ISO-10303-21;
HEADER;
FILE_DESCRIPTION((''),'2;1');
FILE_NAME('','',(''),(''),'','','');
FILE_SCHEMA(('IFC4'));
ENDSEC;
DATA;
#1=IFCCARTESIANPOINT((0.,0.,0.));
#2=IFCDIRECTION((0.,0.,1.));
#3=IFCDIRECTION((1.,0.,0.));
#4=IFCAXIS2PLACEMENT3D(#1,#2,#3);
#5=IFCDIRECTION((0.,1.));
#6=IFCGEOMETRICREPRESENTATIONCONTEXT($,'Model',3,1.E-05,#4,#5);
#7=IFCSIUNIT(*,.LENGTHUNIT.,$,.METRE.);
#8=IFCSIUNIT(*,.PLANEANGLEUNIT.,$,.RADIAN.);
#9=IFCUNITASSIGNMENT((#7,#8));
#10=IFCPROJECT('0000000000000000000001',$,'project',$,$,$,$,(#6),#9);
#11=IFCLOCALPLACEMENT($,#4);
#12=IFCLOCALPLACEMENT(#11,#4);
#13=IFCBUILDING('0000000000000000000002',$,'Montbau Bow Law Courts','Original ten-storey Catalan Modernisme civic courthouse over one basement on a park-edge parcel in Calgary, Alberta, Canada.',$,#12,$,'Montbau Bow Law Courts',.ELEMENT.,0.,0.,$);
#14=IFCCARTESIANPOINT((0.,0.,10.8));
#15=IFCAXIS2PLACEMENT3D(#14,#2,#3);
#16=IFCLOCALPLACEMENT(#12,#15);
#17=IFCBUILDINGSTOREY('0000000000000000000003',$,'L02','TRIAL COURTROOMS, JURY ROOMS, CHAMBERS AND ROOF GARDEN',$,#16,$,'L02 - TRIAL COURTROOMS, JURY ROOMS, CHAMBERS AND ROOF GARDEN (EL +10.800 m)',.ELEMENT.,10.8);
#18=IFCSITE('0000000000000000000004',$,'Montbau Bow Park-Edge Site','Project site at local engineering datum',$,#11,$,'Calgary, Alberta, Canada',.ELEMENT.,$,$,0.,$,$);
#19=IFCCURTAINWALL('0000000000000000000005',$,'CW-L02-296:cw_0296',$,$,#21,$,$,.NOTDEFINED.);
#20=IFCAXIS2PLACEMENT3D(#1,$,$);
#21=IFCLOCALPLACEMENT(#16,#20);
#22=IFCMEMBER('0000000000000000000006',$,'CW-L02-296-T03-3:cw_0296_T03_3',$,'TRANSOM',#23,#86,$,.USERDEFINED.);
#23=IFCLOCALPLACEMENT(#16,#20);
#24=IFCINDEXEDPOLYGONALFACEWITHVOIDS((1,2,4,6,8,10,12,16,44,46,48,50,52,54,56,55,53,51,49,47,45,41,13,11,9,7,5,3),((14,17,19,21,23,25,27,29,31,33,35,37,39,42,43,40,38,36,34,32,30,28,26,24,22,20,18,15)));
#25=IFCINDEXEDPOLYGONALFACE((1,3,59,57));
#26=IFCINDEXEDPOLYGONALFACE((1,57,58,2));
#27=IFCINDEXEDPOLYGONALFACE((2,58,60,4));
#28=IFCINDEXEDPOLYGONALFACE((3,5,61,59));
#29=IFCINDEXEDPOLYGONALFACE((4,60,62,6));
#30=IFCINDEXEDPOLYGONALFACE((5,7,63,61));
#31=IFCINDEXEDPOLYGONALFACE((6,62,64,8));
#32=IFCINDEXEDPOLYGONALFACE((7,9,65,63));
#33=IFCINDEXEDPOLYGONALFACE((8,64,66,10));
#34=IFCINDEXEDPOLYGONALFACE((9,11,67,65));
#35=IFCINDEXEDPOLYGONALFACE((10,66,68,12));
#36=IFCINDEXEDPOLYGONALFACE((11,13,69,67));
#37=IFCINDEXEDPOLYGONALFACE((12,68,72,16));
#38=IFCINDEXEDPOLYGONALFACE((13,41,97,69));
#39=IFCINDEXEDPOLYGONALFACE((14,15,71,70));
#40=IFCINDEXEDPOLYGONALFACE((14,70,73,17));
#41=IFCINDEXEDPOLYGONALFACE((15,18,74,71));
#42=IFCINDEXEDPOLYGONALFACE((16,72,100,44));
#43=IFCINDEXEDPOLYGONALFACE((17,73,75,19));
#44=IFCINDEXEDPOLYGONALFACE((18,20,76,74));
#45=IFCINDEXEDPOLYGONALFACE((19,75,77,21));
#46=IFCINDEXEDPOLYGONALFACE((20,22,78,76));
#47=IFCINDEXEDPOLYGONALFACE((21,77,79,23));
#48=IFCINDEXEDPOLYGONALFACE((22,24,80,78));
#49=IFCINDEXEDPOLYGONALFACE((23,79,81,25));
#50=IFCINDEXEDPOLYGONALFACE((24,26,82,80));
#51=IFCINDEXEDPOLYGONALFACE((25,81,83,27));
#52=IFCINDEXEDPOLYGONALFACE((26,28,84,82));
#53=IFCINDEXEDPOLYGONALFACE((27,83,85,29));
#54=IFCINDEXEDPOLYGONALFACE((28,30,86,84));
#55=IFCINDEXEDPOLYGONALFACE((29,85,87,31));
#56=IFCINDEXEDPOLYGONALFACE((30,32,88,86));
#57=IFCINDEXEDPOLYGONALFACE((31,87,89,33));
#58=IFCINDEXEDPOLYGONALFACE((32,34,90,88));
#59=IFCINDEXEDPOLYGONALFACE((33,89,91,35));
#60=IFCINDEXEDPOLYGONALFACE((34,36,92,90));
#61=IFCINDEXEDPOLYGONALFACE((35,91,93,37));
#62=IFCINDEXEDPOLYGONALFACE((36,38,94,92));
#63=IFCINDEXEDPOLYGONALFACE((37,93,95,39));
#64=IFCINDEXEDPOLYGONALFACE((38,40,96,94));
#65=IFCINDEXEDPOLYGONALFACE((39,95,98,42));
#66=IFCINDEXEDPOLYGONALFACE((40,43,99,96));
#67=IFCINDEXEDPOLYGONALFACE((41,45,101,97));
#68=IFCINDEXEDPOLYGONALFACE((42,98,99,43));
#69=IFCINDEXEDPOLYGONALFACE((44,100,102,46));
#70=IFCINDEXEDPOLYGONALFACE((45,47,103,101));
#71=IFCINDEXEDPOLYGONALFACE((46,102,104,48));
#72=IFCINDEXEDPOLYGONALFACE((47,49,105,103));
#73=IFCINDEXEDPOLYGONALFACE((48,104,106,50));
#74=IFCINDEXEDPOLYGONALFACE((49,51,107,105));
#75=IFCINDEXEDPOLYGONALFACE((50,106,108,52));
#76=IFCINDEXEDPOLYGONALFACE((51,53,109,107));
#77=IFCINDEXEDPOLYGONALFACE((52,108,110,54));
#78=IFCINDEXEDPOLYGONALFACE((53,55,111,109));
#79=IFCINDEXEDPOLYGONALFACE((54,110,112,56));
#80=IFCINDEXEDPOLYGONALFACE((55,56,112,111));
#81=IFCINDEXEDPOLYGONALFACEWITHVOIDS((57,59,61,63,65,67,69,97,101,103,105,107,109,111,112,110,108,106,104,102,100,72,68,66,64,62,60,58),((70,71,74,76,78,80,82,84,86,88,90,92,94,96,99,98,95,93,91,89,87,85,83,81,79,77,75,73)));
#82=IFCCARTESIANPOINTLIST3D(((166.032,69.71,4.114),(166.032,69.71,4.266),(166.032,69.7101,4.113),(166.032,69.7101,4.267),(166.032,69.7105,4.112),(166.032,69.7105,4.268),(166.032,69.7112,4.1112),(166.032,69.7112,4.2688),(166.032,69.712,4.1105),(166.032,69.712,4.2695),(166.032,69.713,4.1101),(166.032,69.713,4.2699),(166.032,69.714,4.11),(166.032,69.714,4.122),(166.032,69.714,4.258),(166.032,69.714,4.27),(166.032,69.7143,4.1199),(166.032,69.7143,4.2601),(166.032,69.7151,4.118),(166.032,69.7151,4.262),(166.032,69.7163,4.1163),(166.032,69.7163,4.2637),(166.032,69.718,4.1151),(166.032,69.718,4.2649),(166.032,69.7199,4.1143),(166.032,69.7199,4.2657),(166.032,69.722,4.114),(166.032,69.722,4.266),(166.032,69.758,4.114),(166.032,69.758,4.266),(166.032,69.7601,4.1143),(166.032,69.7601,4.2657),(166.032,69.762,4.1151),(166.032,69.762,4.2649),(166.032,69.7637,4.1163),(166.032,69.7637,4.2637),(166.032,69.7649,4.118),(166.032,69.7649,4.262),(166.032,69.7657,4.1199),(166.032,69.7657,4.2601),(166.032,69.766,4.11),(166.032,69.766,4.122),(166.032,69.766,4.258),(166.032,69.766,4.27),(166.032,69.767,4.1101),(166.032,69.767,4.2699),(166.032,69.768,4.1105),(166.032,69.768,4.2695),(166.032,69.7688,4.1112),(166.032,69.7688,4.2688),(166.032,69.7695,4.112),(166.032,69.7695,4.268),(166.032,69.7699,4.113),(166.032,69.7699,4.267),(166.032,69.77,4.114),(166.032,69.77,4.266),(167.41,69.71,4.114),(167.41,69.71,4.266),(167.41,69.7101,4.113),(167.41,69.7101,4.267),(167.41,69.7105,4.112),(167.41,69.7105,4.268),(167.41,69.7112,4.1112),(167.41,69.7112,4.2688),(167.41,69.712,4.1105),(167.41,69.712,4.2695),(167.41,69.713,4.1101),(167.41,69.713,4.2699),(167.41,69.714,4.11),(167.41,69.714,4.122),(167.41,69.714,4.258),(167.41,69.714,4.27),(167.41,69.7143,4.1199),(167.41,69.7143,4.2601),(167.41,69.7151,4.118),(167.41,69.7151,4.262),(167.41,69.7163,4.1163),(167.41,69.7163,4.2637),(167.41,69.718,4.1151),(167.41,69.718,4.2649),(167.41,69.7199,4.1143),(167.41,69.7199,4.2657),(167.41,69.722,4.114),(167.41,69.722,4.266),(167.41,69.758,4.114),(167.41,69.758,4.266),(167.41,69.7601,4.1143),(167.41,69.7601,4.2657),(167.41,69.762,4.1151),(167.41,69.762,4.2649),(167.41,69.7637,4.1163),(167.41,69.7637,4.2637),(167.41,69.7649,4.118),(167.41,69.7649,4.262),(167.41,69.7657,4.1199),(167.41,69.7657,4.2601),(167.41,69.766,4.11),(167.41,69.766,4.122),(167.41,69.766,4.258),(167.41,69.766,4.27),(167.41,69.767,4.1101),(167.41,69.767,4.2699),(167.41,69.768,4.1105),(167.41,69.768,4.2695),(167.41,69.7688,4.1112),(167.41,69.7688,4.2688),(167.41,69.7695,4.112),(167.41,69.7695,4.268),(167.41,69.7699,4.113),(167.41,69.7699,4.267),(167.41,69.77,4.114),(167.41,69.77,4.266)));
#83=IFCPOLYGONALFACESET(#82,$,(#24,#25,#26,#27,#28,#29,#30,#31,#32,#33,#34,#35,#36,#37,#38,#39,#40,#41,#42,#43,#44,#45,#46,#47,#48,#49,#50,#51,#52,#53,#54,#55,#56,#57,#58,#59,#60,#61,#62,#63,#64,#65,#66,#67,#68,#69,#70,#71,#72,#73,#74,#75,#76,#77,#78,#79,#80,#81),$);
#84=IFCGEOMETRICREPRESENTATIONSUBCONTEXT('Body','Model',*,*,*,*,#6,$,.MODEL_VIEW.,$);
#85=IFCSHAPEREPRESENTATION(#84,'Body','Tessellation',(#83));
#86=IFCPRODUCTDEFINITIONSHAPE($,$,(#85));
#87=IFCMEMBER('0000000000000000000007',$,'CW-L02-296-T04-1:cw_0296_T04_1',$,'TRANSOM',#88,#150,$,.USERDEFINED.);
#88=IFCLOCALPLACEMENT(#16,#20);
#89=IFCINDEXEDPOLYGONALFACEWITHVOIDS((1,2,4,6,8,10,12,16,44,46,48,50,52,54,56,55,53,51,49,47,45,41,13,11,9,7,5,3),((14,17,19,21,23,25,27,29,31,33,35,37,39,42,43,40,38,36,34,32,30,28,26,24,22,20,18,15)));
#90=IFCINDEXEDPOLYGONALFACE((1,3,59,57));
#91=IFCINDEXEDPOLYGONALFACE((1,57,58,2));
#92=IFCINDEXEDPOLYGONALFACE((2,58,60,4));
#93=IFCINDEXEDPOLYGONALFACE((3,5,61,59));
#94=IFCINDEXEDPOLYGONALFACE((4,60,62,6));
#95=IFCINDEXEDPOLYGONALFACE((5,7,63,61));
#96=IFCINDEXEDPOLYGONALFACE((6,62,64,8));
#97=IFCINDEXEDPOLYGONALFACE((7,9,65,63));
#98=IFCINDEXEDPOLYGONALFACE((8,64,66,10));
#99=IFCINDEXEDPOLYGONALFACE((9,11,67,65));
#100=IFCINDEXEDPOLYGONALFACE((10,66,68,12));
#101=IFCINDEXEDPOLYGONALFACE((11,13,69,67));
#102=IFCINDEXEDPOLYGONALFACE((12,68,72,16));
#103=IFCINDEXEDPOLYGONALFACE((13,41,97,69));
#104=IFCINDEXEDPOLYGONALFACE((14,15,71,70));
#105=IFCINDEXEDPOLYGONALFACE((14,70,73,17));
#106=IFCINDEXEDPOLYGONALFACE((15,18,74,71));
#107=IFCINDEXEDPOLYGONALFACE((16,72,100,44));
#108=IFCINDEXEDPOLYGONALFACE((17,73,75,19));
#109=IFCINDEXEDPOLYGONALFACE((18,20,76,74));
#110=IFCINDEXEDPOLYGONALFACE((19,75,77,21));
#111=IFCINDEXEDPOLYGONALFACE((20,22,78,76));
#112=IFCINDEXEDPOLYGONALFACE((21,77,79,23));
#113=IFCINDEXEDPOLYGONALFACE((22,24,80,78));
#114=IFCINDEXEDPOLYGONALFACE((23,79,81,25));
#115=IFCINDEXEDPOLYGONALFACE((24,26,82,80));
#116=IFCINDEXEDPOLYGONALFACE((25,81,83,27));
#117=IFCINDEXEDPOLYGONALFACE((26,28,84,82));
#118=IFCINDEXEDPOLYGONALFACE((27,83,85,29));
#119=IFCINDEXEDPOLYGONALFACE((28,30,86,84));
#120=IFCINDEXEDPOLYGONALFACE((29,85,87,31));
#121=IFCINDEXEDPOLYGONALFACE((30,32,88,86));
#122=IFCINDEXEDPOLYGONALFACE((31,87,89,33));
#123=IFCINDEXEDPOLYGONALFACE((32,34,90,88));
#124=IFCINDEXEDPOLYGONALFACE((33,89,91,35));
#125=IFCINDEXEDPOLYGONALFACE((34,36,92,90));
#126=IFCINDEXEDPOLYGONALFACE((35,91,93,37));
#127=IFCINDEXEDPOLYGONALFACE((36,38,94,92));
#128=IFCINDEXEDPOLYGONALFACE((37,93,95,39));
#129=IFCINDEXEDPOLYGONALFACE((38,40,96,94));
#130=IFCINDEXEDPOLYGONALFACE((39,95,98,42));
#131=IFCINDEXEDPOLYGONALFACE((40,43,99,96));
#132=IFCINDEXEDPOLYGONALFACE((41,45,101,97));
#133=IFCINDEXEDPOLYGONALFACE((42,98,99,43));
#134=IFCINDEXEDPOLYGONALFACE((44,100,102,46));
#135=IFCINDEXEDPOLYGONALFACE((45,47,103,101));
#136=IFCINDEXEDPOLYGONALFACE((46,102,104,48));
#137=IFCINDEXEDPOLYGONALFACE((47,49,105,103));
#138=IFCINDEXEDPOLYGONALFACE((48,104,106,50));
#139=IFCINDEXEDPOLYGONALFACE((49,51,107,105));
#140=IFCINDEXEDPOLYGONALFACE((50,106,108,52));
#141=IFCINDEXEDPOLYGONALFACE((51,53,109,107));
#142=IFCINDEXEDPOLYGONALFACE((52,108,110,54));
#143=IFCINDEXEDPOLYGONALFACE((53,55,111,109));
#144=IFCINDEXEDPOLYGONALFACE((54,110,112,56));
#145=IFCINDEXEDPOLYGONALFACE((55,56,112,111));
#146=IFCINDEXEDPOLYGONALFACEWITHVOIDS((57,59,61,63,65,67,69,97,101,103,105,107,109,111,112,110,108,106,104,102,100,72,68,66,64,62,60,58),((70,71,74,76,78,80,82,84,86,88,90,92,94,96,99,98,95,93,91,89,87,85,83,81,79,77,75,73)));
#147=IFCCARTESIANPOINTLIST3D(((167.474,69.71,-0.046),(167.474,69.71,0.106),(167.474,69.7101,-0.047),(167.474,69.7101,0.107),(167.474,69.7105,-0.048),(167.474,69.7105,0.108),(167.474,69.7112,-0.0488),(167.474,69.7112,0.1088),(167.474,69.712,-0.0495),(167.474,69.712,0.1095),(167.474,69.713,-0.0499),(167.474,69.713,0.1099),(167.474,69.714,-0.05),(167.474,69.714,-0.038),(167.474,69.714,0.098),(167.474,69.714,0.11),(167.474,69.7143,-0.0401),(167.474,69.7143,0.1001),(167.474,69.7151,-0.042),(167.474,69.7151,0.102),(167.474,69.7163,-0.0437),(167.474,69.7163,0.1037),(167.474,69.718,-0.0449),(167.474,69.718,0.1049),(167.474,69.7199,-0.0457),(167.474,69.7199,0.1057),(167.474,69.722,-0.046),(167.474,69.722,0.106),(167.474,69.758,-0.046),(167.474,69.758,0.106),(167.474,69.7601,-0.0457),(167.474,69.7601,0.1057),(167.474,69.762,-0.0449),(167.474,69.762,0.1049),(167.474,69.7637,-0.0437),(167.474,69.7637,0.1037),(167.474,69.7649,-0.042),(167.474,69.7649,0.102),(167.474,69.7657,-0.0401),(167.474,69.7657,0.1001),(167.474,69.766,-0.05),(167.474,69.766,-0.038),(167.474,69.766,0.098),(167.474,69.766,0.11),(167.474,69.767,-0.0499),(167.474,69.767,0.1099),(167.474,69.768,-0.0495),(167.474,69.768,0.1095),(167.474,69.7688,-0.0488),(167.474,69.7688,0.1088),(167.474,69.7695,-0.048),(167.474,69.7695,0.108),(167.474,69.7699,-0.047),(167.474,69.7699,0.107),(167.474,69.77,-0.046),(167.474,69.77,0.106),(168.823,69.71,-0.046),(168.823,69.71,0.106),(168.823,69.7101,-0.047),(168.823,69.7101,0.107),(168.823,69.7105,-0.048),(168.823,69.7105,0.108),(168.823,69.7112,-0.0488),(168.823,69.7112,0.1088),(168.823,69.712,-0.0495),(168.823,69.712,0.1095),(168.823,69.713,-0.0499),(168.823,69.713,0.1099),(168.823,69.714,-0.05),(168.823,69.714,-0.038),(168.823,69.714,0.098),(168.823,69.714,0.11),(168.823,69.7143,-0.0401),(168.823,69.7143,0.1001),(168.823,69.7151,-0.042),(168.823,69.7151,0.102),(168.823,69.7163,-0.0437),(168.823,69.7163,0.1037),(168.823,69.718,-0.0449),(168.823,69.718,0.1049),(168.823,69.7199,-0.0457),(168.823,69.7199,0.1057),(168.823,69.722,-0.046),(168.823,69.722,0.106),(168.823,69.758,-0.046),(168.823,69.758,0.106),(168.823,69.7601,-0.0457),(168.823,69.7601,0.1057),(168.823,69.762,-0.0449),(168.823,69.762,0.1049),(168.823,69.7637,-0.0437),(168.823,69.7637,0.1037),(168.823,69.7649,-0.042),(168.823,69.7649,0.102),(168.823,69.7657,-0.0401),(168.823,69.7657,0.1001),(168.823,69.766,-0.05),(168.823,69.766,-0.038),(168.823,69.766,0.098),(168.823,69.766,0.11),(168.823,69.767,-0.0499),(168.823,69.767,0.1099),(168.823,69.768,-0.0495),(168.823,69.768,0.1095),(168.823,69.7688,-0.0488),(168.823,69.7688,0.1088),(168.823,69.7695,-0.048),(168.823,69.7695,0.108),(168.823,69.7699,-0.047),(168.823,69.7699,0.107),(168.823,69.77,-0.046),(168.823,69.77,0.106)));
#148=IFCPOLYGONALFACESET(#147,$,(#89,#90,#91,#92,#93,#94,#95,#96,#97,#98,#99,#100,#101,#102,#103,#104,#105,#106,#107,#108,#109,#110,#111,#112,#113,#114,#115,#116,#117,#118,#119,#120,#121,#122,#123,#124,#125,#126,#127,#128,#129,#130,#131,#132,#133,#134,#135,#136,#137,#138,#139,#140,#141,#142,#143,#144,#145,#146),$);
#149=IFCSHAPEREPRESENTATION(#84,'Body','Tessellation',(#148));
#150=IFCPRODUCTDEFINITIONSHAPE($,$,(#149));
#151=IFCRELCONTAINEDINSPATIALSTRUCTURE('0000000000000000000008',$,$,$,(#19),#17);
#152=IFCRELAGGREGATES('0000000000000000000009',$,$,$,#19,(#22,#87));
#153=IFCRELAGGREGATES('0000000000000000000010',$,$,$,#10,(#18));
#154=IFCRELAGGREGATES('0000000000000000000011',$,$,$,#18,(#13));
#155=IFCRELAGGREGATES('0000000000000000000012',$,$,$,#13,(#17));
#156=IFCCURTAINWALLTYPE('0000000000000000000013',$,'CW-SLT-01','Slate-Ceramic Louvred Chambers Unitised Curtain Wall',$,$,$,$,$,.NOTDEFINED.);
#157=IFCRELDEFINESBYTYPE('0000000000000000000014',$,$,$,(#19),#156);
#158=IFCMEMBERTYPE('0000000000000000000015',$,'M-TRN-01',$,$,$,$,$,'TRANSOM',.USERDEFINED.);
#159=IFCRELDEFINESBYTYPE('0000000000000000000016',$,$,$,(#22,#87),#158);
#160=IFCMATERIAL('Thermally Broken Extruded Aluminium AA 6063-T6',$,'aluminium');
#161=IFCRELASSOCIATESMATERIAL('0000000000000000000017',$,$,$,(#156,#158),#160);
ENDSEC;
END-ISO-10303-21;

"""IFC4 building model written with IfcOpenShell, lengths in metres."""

from ifc_helpers import new_model, si_unit, direction, frame, origin_with_axes, origin_2d_with_axis, place, context, subcontext, project, spatial, hollow_rectangle, extrude, material, material_profile, profile_set, type_object, element, aggregate, save


model = new_model("IFC4")

# Units and contexts
model_context = context("Model", 3, precision=1e-05, world=origin_with_axes(), true_north=direction((0.0, 1.0)))
body_context = subcontext(model_context, "Body", "Model", "MODEL_VIEW")
ifc_project = project(units=[si_unit("LENGTHUNIT", "METRE"), si_unit("PLANEANGLEUNIT", "RADIAN")], contexts=[model_context])

# Site, building, storey
site_placement = place(None, origin_with_axes())
site = spatial("IfcSite", under=ifc_project, at=site_placement, Name="Montbau Bow Park-Edge Site", Description="Project site at local engineering datum", LongName="Calgary, Alberta, Canada", CompositionType="ELEMENT", RefElevation=0.0)
building_placement = place(site_placement, origin_with_axes())
building = spatial("IfcBuilding", under=site, at=building_placement, Name="Montbau Bow Law Courts", Description="Original ten-storey Catalan Modernisme civic courthouse over one basement on a park-edge parcel in Calgary, Alberta, Canada.", LongName="Montbau Bow Law Courts", CompositionType="ELEMENT", ElevationOfRefHeight=0.0, ElevationOfTerrain=0.0)
storey_placement = place(building_placement, frame((0.0, 0.0, 10.8), z_axis=(0.0, 0.0, 1.0), x_axis=(1.0, 0.0, 0.0)))
storey = spatial("IfcBuildingStorey", under=building, at=storey_placement, Name="L02", Description="TRIAL COURTROOMS, JURY ROOMS, CHAMBERS AND ROOF GARDEN", LongName="L02 - TRIAL COURTROOMS, JURY ROOMS, CHAMBERS AND ROOF GARDEN (EL +10.800 m)", CompositionType="ELEMENT", Elevation=10.8)

# Curtain wall
ifc_material_1 = material(Name="Thermally Broken Extruded Aluminium AA 6063-T6", Category="aluminium")
curtain_wall_type = type_object("IfcCurtainWallType", Name="CW-SLT-01", Description="Slate-Ceramic Louvred Chambers Unitised Curtain Wall", PredefinedType="NOTDEFINED", material=ifc_material_1)
curtain_wall_1_placement = place(None, frame((163.115, 69.74, 10.8), z_axis=(0.0, 0.0, 1.0), x_axis=(1.0, 0.0, 0.0)))
curtain_wall_1 = element("IfcCurtainWall", 1, at=curtain_wall_1_placement, inside=storey, type_object=curtain_wall_type, Name="CW-L02-296:cw_0296", PredefinedType="NOTDEFINED")

# Members
ifc_material_profile_1 = material_profile(ifc_material_1, hollow_rectangle(XDim=0.06, YDim=0.16, WallThickness=0.004, InnerFilletRadius=0.008, OuterFilletRadius=0.004, at=origin_2d_with_axis()), Name="CWT-160X60", Category="Main", Priority=0)
ifc_profile_set_1 = profile_set([ifc_material_profile_1], Name="Thermally Broken Extruded Aluminium AA 6063-T6")
member_type_1 = type_object("IfcMemberType", Name="M-TRN-01", ElementType="TRANSOM", PredefinedType="USERDEFINED", material=ifc_profile_set_1)
member_1_placement = place(None, frame((166.032, 69.74, 14.99), z_axis=(1.0, 0.0, 0.0), x_axis=(0.0, 1.0, 0.0)))
member_1 = element("IfcMember", 2, at=member_1_placement, type_object=member_type_1, Name="CW-L02-296-T03-3:cw_0296_T03_3", ObjectType="TRANSOM", PredefinedType="USERDEFINED", context=body_context, shape_type="SweptSolid", body=[
    extrude(hollow_rectangle(XDim=0.06, YDim=0.16, WallThickness=0.004, InnerFilletRadius=0.008, OuterFilletRadius=0.004, at=origin_2d_with_axis()), origin_with_axes(), (0.0, 0.0, 1.0), 1.378),
])
member_2_placement = place(None, frame((167.474, 69.74, 10.83), z_axis=(1.0, 0.0, 0.0), x_axis=(0.0, 1.0, 0.0)))
member_2 = element("IfcMember", 3, at=member_2_placement, type_object=member_type_1, Name="CW-L02-296-T04-1:cw_0296_T04_1", ObjectType="TRANSOM", PredefinedType="USERDEFINED", context=body_context, shape_type="SweptSolid", body=[
    extrude(hollow_rectangle(XDim=0.06, YDim=0.16, WallThickness=0.004, InnerFilletRadius=0.008, OuterFilletRadius=0.004, at=origin_2d_with_axis()), origin_with_axes(), (0.0, 0.0, 1.0), 1.349),
])

aggregate(curtain_wall_1, [member_1, member_2])

save(model, "model.ifc")
